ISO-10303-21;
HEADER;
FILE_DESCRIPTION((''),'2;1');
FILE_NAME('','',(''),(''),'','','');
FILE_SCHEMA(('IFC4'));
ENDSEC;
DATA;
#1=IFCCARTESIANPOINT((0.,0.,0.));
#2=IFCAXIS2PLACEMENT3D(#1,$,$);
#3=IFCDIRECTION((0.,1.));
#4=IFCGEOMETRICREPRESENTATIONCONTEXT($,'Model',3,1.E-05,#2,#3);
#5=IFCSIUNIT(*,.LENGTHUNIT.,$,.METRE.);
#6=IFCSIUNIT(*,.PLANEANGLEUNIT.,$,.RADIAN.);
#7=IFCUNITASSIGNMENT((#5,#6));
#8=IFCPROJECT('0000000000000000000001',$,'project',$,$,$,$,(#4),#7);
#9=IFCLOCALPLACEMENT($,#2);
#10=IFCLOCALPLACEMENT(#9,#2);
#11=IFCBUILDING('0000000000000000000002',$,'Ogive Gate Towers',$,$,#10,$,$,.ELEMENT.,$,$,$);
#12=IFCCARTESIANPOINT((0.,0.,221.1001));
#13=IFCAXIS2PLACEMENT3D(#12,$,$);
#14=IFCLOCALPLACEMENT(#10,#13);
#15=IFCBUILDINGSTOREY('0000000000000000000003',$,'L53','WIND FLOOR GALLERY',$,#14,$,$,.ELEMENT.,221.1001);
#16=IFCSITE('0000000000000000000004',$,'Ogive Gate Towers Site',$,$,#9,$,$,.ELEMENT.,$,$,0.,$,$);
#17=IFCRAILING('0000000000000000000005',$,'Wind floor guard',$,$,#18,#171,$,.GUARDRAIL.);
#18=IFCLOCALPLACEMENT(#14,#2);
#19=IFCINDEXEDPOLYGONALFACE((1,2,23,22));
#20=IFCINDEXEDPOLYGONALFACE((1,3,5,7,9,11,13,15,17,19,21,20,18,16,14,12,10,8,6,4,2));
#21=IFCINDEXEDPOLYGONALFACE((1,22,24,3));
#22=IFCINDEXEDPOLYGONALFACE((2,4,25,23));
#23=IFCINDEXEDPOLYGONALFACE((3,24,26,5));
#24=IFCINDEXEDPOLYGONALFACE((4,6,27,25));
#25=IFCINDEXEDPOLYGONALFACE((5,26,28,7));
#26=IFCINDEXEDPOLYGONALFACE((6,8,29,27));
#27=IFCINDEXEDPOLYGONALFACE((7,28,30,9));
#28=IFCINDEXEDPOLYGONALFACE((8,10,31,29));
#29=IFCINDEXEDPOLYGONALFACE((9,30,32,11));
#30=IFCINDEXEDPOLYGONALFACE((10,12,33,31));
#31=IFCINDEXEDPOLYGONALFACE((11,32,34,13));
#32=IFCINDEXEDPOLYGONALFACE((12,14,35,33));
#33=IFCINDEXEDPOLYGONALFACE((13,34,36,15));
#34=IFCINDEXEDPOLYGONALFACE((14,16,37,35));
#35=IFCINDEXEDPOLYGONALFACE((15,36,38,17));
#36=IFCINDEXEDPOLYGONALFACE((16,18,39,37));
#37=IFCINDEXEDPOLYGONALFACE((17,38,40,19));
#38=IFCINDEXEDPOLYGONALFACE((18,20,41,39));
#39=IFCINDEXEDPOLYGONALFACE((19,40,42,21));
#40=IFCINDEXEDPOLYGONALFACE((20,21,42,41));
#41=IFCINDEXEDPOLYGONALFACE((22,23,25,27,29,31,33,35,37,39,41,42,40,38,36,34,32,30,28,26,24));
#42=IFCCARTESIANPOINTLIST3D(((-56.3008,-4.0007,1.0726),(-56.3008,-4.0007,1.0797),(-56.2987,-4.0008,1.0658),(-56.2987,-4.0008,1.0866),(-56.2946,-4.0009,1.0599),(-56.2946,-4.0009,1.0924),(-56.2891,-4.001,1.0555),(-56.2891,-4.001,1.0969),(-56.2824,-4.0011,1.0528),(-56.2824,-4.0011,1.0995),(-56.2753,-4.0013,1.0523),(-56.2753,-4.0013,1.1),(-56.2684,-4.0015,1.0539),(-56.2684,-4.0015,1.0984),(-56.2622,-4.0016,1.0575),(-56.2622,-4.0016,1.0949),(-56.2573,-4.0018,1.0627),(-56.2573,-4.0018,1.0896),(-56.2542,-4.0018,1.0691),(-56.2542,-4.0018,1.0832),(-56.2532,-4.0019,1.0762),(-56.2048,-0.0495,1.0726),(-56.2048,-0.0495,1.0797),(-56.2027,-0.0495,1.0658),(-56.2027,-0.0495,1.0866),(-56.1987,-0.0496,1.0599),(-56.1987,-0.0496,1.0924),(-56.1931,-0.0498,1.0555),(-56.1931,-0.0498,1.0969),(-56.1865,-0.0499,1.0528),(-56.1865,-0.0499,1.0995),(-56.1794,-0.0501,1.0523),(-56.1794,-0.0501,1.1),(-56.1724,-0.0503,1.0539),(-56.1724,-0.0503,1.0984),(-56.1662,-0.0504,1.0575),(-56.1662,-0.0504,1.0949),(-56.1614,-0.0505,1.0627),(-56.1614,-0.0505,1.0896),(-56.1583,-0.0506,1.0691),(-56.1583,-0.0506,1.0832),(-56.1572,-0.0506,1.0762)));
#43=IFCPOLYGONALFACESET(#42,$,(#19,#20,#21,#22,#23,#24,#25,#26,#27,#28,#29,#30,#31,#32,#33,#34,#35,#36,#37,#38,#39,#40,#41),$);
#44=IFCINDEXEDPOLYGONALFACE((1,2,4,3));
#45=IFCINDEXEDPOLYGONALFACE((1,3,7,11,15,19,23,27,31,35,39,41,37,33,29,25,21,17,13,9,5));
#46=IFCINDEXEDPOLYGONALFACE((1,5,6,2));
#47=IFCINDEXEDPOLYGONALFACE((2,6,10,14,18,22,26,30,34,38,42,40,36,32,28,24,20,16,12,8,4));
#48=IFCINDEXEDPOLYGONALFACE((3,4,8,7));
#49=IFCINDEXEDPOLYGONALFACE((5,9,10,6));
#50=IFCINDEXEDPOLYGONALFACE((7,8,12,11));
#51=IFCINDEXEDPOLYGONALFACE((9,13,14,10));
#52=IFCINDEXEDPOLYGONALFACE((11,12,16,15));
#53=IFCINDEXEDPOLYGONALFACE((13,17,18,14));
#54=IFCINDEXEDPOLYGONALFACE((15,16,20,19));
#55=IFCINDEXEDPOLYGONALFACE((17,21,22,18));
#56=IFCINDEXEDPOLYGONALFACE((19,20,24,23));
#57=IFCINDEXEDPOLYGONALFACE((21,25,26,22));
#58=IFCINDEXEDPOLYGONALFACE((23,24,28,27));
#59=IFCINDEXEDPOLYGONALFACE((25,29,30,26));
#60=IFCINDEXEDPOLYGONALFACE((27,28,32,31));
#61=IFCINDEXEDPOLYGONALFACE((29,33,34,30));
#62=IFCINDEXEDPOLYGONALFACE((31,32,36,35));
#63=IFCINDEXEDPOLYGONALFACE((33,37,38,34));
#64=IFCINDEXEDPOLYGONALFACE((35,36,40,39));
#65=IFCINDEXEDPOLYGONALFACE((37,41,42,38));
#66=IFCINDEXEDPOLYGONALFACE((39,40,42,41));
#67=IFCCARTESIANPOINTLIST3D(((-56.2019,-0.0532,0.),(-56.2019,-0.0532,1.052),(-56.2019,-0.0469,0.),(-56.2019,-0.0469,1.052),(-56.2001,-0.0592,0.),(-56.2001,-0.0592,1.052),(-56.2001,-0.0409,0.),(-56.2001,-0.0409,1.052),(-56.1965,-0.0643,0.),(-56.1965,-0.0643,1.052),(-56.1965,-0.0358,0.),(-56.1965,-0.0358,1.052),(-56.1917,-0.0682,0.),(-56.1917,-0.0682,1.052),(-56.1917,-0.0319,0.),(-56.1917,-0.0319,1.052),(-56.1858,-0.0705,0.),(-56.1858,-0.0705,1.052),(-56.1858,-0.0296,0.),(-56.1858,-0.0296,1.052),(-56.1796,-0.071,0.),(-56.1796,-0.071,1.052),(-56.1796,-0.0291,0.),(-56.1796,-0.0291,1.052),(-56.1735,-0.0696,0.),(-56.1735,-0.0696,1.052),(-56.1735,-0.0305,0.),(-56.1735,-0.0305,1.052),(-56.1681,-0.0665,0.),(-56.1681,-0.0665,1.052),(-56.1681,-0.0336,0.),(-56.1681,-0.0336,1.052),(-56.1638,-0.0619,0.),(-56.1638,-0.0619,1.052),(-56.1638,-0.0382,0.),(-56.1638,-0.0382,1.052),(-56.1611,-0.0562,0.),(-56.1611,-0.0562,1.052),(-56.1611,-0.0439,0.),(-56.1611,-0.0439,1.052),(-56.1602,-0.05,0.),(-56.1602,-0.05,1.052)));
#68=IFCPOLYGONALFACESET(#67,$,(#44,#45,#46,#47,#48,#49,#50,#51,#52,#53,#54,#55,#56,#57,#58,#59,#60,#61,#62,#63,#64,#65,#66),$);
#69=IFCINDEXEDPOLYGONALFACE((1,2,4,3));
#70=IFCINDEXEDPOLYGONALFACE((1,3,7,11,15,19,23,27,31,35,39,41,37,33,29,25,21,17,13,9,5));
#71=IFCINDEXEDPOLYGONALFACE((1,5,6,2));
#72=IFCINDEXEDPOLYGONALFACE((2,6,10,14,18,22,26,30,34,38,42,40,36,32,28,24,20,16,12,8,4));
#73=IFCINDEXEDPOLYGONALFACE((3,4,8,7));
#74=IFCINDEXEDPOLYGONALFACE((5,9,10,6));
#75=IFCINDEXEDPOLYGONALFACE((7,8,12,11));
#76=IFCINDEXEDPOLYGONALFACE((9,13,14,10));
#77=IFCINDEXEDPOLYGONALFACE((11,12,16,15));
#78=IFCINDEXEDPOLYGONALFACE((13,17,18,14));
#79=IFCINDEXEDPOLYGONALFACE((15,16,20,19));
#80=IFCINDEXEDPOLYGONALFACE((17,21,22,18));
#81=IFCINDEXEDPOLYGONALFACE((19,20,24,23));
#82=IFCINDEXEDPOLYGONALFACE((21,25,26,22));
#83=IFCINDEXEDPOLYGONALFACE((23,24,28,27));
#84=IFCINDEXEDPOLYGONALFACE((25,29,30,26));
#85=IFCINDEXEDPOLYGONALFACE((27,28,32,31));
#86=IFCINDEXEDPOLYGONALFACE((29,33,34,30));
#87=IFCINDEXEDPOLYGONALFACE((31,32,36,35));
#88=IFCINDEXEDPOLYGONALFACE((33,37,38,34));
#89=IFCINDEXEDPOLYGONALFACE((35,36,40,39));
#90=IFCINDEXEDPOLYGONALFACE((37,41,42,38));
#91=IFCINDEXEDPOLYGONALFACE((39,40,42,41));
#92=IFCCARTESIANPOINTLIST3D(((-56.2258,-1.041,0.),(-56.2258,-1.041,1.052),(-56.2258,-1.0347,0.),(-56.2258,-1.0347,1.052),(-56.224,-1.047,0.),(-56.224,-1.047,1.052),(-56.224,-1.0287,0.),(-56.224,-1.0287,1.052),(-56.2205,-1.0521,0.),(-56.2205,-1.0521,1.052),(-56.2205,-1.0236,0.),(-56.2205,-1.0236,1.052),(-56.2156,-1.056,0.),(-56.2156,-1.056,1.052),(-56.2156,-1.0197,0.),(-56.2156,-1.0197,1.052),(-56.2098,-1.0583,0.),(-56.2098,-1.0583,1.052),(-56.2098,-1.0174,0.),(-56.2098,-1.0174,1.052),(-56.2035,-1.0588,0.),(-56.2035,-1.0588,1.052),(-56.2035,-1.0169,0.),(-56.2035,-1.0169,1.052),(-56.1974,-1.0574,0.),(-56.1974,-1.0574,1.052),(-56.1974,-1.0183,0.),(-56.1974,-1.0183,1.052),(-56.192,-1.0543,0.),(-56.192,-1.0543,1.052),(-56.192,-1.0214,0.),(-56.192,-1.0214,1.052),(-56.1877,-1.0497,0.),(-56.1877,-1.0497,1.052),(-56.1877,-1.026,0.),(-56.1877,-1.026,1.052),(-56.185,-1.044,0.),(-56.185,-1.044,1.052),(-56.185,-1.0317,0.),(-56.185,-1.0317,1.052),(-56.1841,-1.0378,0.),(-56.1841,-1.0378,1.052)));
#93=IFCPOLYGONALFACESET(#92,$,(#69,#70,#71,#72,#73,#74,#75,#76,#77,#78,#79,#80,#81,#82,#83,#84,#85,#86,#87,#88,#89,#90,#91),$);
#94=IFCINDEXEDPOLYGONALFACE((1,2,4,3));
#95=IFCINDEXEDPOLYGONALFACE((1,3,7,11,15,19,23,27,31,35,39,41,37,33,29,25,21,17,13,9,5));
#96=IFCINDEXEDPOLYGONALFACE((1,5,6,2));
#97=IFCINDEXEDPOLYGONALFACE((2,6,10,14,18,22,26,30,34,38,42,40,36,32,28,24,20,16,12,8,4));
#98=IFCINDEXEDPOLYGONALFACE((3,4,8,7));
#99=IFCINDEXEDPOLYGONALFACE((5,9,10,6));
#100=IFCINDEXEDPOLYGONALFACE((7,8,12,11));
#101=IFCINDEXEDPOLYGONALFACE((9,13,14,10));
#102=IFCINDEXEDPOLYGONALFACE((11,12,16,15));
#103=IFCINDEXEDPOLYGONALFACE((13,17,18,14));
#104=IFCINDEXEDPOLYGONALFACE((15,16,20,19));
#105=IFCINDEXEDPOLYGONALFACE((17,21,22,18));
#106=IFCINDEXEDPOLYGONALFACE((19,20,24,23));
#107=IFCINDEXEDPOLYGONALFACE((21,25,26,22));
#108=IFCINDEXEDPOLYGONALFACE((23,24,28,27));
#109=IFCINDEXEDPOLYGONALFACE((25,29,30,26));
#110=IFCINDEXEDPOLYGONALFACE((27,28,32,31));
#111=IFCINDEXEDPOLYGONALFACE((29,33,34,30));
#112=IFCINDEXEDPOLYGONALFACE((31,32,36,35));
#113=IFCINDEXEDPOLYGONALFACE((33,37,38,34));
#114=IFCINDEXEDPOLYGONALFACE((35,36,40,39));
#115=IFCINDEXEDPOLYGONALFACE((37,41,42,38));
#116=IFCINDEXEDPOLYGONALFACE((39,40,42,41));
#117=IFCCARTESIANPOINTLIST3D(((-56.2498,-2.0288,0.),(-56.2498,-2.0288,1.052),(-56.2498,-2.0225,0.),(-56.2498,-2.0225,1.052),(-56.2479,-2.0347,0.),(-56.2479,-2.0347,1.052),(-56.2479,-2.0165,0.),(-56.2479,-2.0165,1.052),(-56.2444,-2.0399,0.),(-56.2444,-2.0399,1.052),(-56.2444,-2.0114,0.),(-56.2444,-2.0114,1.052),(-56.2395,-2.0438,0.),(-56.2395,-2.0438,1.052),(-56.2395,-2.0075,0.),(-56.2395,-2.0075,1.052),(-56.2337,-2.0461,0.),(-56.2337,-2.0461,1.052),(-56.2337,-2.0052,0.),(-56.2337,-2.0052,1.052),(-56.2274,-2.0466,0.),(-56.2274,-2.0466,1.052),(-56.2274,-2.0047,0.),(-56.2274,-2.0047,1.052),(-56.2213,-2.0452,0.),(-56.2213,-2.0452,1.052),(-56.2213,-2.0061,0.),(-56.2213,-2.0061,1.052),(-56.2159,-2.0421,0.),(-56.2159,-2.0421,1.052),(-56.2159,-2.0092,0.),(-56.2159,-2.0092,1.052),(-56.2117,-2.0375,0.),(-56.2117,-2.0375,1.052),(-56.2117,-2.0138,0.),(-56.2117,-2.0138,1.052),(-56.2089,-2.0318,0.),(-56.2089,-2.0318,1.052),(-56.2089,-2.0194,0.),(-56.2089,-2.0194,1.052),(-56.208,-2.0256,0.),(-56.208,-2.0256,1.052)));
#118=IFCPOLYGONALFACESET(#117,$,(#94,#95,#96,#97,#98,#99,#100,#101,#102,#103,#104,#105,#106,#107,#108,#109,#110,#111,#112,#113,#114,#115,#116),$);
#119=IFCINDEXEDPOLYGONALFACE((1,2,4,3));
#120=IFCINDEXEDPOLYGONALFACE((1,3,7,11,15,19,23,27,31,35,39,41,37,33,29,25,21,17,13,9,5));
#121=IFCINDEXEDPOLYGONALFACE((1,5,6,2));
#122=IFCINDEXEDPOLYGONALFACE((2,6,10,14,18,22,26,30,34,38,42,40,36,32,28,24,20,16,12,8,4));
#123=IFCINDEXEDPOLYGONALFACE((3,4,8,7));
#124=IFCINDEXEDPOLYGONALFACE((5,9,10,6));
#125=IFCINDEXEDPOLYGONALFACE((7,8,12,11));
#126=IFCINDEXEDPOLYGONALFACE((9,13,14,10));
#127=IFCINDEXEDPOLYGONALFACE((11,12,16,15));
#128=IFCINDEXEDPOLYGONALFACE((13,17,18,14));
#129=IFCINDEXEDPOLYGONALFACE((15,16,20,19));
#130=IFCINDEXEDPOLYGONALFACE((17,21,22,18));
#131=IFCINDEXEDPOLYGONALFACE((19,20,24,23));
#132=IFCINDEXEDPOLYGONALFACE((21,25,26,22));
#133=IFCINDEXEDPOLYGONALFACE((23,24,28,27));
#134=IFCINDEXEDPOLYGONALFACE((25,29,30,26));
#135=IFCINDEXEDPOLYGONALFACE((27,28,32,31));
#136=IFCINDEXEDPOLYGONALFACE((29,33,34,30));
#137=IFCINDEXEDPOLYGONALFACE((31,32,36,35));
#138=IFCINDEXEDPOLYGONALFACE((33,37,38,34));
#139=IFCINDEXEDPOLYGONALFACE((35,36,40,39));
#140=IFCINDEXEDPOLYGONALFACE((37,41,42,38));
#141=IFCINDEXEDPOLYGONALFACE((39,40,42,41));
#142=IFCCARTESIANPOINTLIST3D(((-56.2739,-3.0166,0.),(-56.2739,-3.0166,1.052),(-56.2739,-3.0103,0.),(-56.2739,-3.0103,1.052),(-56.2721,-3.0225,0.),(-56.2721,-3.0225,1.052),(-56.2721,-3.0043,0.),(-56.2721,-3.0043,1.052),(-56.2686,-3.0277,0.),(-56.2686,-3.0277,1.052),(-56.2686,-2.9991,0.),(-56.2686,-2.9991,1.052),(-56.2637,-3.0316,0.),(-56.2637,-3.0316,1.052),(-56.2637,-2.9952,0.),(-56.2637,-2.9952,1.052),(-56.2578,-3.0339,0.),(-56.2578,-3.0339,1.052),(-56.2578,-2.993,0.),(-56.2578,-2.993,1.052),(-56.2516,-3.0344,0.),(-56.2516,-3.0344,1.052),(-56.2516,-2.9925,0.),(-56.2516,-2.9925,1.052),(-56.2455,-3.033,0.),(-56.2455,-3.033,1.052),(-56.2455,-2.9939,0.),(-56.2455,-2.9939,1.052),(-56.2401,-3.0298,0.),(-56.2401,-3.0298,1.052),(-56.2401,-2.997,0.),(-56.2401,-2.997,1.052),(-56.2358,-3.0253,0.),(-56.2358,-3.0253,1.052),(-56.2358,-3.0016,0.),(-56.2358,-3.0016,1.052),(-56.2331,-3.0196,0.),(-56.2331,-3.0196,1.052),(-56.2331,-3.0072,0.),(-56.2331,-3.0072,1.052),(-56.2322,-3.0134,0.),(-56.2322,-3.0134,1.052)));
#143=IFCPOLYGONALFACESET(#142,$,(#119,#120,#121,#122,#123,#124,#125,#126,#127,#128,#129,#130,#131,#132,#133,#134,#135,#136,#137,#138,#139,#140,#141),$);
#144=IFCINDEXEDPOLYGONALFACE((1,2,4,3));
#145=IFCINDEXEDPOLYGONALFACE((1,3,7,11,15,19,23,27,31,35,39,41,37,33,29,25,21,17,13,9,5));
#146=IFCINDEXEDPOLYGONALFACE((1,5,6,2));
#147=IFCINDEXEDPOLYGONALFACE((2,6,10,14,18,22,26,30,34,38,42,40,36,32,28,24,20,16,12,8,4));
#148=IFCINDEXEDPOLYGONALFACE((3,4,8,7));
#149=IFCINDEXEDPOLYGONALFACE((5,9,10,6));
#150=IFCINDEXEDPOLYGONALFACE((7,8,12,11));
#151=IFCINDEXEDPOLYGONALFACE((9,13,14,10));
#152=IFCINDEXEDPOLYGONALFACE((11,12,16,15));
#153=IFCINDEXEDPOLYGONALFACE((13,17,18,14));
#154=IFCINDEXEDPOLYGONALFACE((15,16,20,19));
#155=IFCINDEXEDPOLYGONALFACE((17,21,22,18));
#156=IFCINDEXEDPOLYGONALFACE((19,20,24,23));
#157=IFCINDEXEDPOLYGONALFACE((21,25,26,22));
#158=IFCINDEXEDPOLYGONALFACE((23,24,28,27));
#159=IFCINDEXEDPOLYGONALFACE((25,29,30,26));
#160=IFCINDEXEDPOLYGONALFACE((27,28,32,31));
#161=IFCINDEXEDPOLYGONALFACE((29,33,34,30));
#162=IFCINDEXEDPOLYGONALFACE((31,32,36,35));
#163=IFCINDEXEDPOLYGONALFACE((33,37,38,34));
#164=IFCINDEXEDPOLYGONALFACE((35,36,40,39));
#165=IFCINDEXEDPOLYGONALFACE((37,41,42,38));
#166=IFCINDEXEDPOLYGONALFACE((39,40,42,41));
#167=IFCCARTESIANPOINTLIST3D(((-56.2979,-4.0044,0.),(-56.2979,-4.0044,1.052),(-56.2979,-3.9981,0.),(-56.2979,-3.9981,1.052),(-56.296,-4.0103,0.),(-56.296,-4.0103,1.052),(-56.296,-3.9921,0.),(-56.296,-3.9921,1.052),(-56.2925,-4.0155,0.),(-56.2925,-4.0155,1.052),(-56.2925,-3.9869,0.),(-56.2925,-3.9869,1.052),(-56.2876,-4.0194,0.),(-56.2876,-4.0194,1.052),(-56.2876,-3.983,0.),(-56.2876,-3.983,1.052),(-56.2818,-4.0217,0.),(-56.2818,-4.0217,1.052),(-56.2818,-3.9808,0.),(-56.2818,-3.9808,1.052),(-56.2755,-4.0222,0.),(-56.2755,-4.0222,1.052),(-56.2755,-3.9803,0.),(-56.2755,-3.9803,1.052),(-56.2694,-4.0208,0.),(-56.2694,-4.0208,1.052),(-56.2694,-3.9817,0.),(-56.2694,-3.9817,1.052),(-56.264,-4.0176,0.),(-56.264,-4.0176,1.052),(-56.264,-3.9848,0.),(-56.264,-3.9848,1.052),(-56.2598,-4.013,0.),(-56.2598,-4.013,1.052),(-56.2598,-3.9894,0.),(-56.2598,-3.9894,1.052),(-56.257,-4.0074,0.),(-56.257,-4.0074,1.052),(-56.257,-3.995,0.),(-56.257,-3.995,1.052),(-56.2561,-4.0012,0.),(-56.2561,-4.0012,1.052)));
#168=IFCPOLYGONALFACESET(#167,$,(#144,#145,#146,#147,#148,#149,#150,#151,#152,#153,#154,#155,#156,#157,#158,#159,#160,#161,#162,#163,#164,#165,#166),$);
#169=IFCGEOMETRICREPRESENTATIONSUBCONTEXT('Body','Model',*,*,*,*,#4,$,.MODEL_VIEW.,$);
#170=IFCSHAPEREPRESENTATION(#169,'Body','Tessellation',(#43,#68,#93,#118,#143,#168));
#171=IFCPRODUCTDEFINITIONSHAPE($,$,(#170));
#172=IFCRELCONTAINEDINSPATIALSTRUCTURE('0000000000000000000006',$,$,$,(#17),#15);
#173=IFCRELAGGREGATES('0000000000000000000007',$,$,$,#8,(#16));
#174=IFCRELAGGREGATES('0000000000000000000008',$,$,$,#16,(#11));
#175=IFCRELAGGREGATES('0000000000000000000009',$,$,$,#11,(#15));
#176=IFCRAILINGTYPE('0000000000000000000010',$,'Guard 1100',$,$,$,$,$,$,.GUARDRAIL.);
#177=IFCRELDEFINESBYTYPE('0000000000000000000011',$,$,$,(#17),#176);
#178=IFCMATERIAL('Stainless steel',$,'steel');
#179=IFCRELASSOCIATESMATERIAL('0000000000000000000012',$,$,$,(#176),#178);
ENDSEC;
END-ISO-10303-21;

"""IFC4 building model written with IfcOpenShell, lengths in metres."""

from ifc_helpers import new_model, si_unit, direction, frame, origin, origin_2d, place, context, subcontext, project, spatial, circle, extrude, material, type_object, element, save


model = new_model("IFC4")

# Units and contexts
model_context = context("Model", 3, precision=1e-05, world=origin(), true_north=direction((0.0, 1.0)))
body_context = subcontext(model_context, "Body", "Model", "MODEL_VIEW")
ifc_project = project(units=[si_unit("LENGTHUNIT", "METRE"), si_unit("PLANEANGLEUNIT", "RADIAN")], contexts=[model_context])

# Site, building, storey
site_placement = place(None, origin())
site = spatial("IfcSite", under=ifc_project, at=site_placement, Name="Ogive Gate Towers Site", CompositionType="ELEMENT", RefElevation=0.0)
building_placement = place(site_placement, origin())
building = spatial("IfcBuilding", under=site, at=building_placement, Name="Ogive Gate Towers", CompositionType="ELEMENT")
storey_placement = place(building_placement, frame((0.0, 0.0, 221.1001)))
storey = spatial("IfcBuildingStorey", under=building, at=storey_placement, Name="L53", Description="WIND FLOOR GALLERY", CompositionType="ELEMENT", Elevation=221.1001)

# Railing
ifc_material_1 = material(Name="Stainless steel", Category="steel")
railing_type = type_object("IfcRailingType", Name="Guard 1100", PredefinedType="GUARDRAIL", material=ifc_material_1)
railing_1_placement = place(storey_placement, frame((-56.1812, -0.05, 0.0)))
element("IfcRailing", 1, at=railing_1_placement, inside=storey, type_object=railing_type, Name="Wind floor guard", PredefinedType="GUARDRAIL", context=body_context, shape_type="SweptSolid", body=[
    extrude(circle(Radius=0.0239, at=origin_2d()), frame((0.0, 0.0, 1.0762), z_axis=(-0.024276, -0.999705, 0.0), x_axis=(0.999705, -0.024276, 0.0)), (0.0, 0.0, 1.0), 3.9524),
    extrude(circle(Radius=0.021, at=origin_2d()), origin(), (0.0, 0.0, 1.0), 1.052),
    extrude(circle(Radius=0.021, at=origin_2d()), frame((-0.0239, -0.9878, 0.0)), (0.0, 0.0, 1.0), 1.052),
    extrude(circle(Radius=0.021, at=origin_2d()), frame((-0.0479, -1.9756, 0.0)), (0.0, 0.0, 1.0), 1.052),
    extrude(circle(Radius=0.021, at=origin_2d()), frame((-0.072, -2.9634, 0.0)), (0.0, 0.0, 1.0), 1.052),
    extrude(circle(Radius=0.021, at=origin_2d()), frame((-0.0959, -3.9512, 0.0)), (0.0, 0.0, 1.0), 1.052),
])

save(model, "model.ifc")
